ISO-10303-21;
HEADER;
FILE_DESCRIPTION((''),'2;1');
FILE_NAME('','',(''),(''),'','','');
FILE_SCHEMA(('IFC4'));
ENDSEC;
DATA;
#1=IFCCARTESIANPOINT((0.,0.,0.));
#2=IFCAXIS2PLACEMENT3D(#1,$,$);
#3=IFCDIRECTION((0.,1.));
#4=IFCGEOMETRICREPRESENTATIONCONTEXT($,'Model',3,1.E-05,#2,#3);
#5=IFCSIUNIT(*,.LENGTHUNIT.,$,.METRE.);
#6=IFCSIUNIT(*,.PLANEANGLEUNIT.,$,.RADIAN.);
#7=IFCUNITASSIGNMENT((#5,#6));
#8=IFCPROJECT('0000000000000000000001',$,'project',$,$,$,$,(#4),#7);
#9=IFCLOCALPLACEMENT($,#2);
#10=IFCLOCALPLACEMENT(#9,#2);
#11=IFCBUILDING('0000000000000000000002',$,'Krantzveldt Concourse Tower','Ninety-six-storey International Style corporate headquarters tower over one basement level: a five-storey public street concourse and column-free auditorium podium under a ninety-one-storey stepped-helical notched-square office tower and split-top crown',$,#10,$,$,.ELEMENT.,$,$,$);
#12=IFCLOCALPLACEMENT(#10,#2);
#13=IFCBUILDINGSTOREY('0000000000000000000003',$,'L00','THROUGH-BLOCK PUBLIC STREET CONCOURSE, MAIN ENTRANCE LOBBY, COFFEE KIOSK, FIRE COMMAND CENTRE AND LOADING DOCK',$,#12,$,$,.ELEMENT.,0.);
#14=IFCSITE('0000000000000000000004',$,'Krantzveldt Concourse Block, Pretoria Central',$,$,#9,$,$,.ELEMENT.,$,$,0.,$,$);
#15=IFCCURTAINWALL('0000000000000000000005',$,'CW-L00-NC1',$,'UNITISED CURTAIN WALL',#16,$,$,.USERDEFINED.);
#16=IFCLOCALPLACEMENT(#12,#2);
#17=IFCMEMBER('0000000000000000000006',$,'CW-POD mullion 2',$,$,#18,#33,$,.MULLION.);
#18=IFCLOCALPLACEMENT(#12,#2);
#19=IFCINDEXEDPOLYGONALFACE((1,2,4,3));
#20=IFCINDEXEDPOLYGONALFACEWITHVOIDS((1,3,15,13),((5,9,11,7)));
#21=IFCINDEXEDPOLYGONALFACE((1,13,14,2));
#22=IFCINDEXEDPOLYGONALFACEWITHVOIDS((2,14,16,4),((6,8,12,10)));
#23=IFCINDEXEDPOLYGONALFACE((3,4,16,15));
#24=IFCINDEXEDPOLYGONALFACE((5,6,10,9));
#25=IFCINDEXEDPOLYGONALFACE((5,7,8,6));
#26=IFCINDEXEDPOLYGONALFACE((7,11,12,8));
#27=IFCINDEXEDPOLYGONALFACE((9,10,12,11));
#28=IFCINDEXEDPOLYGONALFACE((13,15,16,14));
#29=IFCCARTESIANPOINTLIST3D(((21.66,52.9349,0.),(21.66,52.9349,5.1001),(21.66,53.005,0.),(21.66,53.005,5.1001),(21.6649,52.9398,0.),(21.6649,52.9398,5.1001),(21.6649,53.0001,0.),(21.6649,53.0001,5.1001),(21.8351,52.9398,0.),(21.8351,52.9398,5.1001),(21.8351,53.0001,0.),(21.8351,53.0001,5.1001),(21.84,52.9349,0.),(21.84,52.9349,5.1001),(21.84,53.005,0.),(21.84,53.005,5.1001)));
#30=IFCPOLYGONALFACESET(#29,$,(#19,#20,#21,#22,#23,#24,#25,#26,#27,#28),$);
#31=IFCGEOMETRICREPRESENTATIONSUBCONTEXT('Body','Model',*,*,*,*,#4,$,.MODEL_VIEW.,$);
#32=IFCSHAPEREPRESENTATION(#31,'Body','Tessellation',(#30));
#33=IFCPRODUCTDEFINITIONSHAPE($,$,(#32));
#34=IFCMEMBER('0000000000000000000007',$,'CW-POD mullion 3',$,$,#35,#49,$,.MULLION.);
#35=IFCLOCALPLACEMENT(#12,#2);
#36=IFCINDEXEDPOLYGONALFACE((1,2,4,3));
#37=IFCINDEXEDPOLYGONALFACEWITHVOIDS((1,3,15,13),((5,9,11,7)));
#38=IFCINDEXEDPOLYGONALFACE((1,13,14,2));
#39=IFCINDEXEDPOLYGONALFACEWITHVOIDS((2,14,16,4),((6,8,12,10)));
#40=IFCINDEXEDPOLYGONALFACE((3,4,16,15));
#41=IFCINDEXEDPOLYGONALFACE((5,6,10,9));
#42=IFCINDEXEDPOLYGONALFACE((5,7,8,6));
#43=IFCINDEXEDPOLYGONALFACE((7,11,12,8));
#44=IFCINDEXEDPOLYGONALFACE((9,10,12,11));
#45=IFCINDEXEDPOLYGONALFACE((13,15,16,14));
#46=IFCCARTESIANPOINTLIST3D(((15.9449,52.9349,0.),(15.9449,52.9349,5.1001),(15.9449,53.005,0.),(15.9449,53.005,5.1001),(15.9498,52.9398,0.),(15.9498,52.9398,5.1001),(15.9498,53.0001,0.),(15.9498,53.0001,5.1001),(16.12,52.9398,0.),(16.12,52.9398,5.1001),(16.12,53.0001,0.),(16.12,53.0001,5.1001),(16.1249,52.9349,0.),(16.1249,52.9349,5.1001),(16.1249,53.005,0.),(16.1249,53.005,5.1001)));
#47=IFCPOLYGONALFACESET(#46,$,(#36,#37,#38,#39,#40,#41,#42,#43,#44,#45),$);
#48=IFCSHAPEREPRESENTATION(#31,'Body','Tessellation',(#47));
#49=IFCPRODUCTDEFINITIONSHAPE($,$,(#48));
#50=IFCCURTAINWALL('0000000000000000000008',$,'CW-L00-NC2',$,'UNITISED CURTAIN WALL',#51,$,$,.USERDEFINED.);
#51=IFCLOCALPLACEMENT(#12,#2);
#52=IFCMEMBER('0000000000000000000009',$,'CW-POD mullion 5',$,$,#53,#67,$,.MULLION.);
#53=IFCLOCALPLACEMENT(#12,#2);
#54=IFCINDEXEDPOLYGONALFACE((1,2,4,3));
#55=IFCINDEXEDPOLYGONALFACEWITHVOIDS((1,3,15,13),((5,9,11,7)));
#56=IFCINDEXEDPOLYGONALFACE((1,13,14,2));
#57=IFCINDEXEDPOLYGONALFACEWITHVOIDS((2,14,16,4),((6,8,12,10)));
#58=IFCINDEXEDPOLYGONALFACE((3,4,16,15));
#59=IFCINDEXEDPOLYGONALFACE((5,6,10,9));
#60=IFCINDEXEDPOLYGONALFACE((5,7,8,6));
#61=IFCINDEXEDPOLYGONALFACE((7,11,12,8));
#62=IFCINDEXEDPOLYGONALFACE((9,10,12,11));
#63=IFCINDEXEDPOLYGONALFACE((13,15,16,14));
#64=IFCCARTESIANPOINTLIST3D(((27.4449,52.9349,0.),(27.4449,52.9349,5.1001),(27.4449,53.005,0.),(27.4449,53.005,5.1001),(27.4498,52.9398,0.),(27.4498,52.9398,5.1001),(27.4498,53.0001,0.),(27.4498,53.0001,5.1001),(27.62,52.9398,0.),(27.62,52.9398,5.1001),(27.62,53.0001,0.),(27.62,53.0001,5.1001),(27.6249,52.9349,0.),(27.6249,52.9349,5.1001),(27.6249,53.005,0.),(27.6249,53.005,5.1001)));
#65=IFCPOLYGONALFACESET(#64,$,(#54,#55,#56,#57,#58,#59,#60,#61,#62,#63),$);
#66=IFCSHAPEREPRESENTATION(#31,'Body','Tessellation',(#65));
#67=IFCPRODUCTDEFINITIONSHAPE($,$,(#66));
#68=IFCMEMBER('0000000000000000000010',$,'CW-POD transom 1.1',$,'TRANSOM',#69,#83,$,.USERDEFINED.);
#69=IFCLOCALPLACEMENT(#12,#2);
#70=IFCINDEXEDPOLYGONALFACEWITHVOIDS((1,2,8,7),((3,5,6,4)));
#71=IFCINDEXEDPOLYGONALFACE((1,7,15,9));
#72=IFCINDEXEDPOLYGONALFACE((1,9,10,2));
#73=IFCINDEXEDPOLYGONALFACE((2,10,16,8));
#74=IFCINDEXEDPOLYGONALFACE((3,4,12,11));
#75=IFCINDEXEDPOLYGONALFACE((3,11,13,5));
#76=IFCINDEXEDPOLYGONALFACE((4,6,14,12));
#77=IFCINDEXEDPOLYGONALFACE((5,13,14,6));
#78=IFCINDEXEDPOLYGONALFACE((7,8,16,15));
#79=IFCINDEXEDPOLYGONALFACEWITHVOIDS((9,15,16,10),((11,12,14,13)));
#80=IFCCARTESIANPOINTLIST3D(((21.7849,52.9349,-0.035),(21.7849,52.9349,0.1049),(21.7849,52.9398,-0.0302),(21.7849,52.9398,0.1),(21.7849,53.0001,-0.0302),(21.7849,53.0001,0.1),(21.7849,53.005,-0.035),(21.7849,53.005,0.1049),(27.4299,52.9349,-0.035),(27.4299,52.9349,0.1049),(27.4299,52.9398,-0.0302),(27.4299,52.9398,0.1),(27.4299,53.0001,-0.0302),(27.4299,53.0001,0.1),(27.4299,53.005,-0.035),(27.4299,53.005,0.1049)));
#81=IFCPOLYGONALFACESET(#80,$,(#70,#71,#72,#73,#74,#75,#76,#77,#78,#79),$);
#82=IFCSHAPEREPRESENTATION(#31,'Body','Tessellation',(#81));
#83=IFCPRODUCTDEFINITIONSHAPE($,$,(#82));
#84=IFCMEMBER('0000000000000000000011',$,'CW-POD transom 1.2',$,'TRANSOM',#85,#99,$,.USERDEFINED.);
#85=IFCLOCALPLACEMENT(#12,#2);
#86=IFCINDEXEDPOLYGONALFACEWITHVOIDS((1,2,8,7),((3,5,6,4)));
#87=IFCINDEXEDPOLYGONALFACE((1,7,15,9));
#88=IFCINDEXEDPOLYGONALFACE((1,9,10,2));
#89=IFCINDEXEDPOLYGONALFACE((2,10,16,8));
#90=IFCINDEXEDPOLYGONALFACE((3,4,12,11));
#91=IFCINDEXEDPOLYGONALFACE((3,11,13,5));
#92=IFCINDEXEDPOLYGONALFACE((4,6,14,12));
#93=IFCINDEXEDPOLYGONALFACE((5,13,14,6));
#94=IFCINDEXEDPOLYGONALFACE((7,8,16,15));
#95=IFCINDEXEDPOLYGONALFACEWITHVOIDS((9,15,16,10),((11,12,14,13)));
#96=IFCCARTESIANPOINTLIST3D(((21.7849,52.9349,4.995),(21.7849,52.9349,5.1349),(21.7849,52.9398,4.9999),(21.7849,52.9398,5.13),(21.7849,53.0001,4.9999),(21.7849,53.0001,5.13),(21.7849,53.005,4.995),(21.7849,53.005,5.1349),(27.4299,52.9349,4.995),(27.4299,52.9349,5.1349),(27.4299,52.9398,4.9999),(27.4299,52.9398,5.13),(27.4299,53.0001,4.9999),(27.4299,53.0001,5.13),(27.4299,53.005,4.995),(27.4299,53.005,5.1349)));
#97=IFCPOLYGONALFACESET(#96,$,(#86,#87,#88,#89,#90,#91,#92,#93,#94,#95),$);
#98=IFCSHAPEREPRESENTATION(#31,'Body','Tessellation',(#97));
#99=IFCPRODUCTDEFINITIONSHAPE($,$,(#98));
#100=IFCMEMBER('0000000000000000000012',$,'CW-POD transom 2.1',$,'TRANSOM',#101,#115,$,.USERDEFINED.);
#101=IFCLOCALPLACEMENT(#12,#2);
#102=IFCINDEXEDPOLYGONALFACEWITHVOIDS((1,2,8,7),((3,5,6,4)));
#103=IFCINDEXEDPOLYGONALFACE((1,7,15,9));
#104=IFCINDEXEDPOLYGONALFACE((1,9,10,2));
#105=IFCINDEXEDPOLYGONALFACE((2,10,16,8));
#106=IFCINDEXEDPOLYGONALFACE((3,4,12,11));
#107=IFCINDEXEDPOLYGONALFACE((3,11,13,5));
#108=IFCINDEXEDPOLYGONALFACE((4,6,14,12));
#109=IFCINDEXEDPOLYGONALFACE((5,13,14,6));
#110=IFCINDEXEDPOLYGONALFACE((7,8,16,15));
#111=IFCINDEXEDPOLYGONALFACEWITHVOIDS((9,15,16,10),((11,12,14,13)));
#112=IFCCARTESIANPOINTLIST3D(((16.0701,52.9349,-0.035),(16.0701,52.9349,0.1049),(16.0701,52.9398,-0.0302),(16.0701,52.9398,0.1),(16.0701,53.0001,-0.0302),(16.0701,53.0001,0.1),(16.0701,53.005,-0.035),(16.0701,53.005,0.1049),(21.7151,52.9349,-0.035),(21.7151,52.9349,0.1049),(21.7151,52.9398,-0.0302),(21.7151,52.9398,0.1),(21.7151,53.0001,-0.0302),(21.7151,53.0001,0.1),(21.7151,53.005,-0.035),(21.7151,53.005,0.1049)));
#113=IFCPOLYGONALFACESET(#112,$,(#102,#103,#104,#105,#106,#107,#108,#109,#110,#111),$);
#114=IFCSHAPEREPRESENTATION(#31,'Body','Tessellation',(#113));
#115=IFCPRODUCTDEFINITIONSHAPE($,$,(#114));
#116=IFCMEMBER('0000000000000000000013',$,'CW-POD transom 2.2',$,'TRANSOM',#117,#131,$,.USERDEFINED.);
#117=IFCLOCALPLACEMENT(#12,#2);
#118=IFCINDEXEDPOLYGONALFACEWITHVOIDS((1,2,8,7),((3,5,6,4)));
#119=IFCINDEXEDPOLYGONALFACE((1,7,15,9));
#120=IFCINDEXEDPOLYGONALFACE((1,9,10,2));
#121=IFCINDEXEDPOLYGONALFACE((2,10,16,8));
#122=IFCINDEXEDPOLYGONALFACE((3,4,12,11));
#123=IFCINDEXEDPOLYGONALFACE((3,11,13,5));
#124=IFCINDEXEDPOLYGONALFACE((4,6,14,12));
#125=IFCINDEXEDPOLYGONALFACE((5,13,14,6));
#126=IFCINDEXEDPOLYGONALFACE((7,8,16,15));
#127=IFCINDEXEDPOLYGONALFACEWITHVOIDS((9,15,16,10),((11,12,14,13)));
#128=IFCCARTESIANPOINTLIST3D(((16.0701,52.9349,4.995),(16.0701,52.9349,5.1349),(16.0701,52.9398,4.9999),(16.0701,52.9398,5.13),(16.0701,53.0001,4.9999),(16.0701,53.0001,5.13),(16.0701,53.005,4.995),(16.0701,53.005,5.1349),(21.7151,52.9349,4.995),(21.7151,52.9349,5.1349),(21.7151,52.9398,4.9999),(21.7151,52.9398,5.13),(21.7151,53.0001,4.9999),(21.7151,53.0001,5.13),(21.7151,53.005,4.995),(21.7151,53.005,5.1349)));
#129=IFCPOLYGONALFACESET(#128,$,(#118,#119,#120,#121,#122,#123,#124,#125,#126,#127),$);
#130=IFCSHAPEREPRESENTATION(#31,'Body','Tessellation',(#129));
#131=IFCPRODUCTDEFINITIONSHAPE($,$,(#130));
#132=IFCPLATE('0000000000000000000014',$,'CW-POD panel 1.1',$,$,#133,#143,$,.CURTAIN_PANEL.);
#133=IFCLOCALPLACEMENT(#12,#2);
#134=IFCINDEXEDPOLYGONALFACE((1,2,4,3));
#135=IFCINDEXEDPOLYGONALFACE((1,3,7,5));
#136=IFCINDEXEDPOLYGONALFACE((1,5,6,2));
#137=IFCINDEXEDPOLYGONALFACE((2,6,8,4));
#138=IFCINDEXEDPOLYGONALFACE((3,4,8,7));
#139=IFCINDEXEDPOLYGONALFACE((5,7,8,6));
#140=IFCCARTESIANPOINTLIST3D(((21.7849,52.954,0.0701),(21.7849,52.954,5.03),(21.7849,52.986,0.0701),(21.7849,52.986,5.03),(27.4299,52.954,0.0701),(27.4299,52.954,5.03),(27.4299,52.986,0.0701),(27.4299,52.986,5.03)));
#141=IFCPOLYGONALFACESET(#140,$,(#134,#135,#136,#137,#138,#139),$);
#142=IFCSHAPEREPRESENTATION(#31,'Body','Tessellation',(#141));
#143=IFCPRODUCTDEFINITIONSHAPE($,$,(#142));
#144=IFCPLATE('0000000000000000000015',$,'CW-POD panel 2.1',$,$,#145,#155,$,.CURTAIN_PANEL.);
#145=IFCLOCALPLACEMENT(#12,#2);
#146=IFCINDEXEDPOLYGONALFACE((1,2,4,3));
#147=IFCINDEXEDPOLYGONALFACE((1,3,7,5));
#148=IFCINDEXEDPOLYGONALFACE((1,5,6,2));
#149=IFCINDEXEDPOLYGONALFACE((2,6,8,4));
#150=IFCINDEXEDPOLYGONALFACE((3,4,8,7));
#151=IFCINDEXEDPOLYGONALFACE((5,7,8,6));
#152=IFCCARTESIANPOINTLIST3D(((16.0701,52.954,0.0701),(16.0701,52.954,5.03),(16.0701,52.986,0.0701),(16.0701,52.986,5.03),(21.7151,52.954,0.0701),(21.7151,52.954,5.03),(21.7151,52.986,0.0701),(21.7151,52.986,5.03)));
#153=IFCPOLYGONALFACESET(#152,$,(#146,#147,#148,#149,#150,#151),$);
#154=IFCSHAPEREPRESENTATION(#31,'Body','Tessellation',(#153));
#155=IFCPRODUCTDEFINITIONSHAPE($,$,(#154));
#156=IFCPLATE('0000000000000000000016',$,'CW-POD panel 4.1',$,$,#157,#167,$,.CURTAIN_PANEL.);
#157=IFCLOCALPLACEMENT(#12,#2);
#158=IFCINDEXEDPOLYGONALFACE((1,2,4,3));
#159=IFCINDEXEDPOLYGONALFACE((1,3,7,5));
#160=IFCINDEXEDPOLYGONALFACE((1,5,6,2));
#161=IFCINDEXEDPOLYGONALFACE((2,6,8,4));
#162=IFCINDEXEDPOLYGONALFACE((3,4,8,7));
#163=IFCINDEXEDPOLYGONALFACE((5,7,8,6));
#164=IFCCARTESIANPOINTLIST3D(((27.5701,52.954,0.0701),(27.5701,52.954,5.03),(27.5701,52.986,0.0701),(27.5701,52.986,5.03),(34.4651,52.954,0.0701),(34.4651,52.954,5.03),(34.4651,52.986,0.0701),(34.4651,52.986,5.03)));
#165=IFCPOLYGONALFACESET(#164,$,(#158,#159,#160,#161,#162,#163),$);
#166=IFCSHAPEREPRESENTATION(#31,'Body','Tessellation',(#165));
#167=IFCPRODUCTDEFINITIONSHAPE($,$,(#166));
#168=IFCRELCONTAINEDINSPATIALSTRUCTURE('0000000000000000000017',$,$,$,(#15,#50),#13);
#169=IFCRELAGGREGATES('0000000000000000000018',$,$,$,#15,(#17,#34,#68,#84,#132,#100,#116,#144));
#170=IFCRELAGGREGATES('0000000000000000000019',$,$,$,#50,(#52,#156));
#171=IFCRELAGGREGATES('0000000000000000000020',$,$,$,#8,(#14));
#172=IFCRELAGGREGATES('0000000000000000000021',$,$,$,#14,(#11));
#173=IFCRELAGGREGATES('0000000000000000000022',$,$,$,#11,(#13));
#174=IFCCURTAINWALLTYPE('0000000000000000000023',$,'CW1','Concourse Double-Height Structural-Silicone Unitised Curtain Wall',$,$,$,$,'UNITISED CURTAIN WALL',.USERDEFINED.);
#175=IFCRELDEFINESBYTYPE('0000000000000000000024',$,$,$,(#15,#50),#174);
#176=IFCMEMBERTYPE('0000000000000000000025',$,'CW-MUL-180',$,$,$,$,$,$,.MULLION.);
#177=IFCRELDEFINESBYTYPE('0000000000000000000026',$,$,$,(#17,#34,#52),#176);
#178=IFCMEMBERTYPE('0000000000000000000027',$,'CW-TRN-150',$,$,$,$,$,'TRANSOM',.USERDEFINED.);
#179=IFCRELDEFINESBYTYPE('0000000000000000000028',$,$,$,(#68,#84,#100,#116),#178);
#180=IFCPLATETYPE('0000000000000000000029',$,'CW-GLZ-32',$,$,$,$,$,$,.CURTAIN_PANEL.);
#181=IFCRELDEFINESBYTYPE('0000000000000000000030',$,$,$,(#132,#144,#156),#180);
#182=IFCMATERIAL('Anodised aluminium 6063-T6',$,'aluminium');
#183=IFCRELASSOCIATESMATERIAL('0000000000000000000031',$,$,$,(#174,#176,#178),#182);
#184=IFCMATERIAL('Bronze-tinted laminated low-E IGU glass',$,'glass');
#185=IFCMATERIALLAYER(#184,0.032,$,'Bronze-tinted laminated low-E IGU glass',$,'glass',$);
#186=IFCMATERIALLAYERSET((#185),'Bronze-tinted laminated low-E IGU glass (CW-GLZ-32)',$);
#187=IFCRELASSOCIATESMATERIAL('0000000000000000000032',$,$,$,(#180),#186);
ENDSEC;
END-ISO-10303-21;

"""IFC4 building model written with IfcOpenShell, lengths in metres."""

from ifc_helpers import new_model, si_unit, direction, frame, origin, origin_2d, place, context, subcontext, project, spatial, rectangle, hollow_rectangle, extrude, source, transform, mapped, material, layer, layer_set, material_profile, profile_set, type_object, type_shapes, element, aggregate, save


model = new_model("IFC4")

# Units and contexts
model_context = context("Model", 3, precision=1e-05, world=origin(), true_north=direction((0.0, 1.0)))
body_context = subcontext(model_context, "Body", "Model", "MODEL_VIEW")
ifc_project = project(units=[si_unit("LENGTHUNIT", "METRE"), si_unit("PLANEANGLEUNIT", "RADIAN")], contexts=[model_context])

# Site, building, storey
site_placement = place(None, origin())
site = spatial("IfcSite", under=ifc_project, at=site_placement, Name="Krantzveldt Concourse Block, Pretoria Central", CompositionType="ELEMENT", RefElevation=0.0)
building_placement = place(site_placement, origin())
building = spatial("IfcBuilding", under=site, at=building_placement, Name="Krantzveldt Concourse Tower", Description="Ninety-six-storey International Style corporate headquarters tower over one basement level: a five-storey public street concourse and column-free auditorium podium under a ninety-one-storey stepped-helical notched-square office tower and split-top crown", CompositionType="ELEMENT")
storey_placement = place(building_placement, origin())
storey = spatial("IfcBuildingStorey", under=building, at=storey_placement, Name="L00", Description="THROUGH-BLOCK PUBLIC STREET CONCOURSE, MAIN ENTRANCE LOBBY, COFFEE KIOSK, FIRE COMMAND CENTRE AND LOADING DOCK", CompositionType="ELEMENT", Elevation=0.0)

# Curtain wall, members
ifc_material_1 = material(Name="Anodised aluminium 6063-T6", Category="aluminium")
curtain_wall_type = type_object("IfcCurtainWallType", Name="CW1", Description="Concourse Double-Height Structural-Silicone Unitised Curtain Wall", ElementType="UNITISED CURTAIN WALL", PredefinedType="USERDEFINED", material=ifc_material_1)
curtain_wall_1_placement = place(storey_placement, origin())
curtain_wall_1 = element("IfcCurtainWall", 1, at=curtain_wall_1_placement, inside=storey, type_object=curtain_wall_type, Name="CW-L00-NC1", ObjectType="UNITISED CURTAIN WALL", PredefinedType="USERDEFINED")
ifc_material_profile_1 = material_profile(ifc_material_1, hollow_rectangle(XDim=0.0701, YDim=0.1799, WallThickness=0.0049, at=origin_2d()), Name="Anodised aluminium 6063-T6", Category="aluminium")
ifc_profile_set_1 = profile_set([ifc_material_profile_1], Name="Anodised aluminium 6063-T6 - ALU-MULL 180x70x5")
member_type_1 = type_object("IfcMemberType", Name="CW-MUL-180", PredefinedType="MULLION", material=ifc_profile_set_1)
shared_shape_1 = source(origin(), body_context, "Body", "SweptSolid", [
    extrude(hollow_rectangle(XDim=0.0701, YDim=0.1799, WallThickness=0.0049, at=origin_2d()), origin(), (0.0, 0.0, 1.0), 5.1001),
])
type_shapes(member_type_1, [shared_shape_1])
member_1_placement = place(storey_placement, frame((21.75, 52.97, 0.0), z_axis=(0.0, 0.0, 1.0), x_axis=(0.0, -1.0, 0.0)))
member_1 = element("IfcMember", 2, at=member_1_placement, type_object=member_type_1, Name="CW-POD mullion 2", PredefinedType="MULLION", context=body_context, shape_type="MappedRepresentation", body=[
    mapped(shared_shape_1, transform((0.0, 0.0, 0.0), x_axis=(1.0, 0.0, 0.0), y_axis=(0.0, 1.0, 0.0), z_axis=(0.0, 0.0, 1.0), scale=1.0)),
])
member_2_placement = place(storey_placement, frame((16.0349, 52.97, 0.0), z_axis=(0.0, 0.0, 1.0), x_axis=(0.0, -1.0, 0.0)))
member_2 = element("IfcMember", 3, at=member_2_placement, type_object=member_type_1, Name="CW-POD mullion 3", PredefinedType="MULLION", context=body_context, shape_type="MappedRepresentation", body=[
    mapped(shared_shape_1, transform((0.0, 0.0, 0.0), x_axis=(1.0, 0.0, 0.0), y_axis=(0.0, 1.0, 0.0), z_axis=(0.0, 0.0, 1.0), scale=1.0)),
])

# Curtain wall, member
curtain_wall_2_placement = place(storey_placement, origin())
curtain_wall_2 = element("IfcCurtainWall", 4, at=curtain_wall_2_placement, inside=storey, type_object=curtain_wall_type, Name="CW-L00-NC2", ObjectType="UNITISED CURTAIN WALL", PredefinedType="USERDEFINED")
member_3_placement = place(storey_placement, frame((27.5349, 52.97, 0.0), z_axis=(0.0, 0.0, 1.0), x_axis=(0.0, -1.0, 0.0)))
member_3 = element("IfcMember", 5, at=member_3_placement, type_object=member_type_1, Name="CW-POD mullion 5", PredefinedType="MULLION", context=body_context, shape_type="MappedRepresentation", body=[
    mapped(shared_shape_1, transform((0.0, 0.0, 0.0), x_axis=(1.0, 0.0, 0.0), y_axis=(0.0, 1.0, 0.0), z_axis=(0.0, 0.0, 1.0), scale=1.0)),
])

# Members
ifc_material_profile_2 = material_profile(ifc_material_1, hollow_rectangle(XDim=0.0701, YDim=0.1399, WallThickness=0.0049, at=origin_2d()), Name="Anodised aluminium 6063-T6", Category="aluminium")
ifc_profile_set_2 = profile_set([ifc_material_profile_2], Name="Anodised aluminium 6063-T6 - ALU-TRAN 140x70x5")
member_type_2 = type_object("IfcMemberType", Name="CW-TRN-150", ElementType="TRANSOM", PredefinedType="USERDEFINED", material=ifc_profile_set_2)
shared_shape_2 = source(origin(), body_context, "Body", "SweptSolid", [
    extrude(hollow_rectangle(XDim=0.0701, YDim=0.1399, WallThickness=0.0049, at=origin_2d()), origin(), (0.0, 0.0, 1.0), 5.645),
])
type_shapes(member_type_2, [shared_shape_2])
member_4_placement = place(storey_placement, frame((27.4299, 52.97, 0.0349), z_axis=(-1.0, 0.0, 0.0), x_axis=(0.0, -1.0, 0.0)))
member_4 = element("IfcMember", 6, at=member_4_placement, type_object=member_type_2, Name="CW-POD transom 1.1", ObjectType="TRANSOM", PredefinedType="USERDEFINED", context=body_context, shape_type="MappedRepresentation", body=[
    mapped(shared_shape_2, transform((0.0, 0.0, 0.0), x_axis=(1.0, 0.0, 0.0), y_axis=(0.0, 1.0, 0.0), z_axis=(0.0, 0.0, 1.0), scale=1.0)),
])
member_5_placement = place(storey_placement, frame((27.4299, 52.97, 5.0649), z_axis=(-1.0, 0.0, 0.0), x_axis=(0.0, -1.0, 0.0)))
member_5 = element("IfcMember", 7, at=member_5_placement, type_object=member_type_2, Name="CW-POD transom 1.2", ObjectType="TRANSOM", PredefinedType="USERDEFINED", context=body_context, shape_type="MappedRepresentation", body=[
    mapped(shared_shape_2, transform((0.0, 0.0, 0.0), x_axis=(1.0, 0.0, 0.0), y_axis=(0.0, 1.0, 0.0), z_axis=(0.0, 0.0, 1.0), scale=1.0)),
])
member_6_placement = place(storey_placement, frame((21.7151, 52.97, 0.0349), z_axis=(-1.0, 0.0, 0.0), x_axis=(0.0, -1.0, 0.0)))
member_6 = element("IfcMember", 8, at=member_6_placement, type_object=member_type_2, Name="CW-POD transom 2.1", ObjectType="TRANSOM", PredefinedType="USERDEFINED", context=body_context, shape_type="MappedRepresentation", body=[
    mapped(shared_shape_2, transform((0.0, 0.0, 0.0), x_axis=(1.0, 0.0, 0.0), y_axis=(0.0, 1.0, 0.0), z_axis=(0.0, 0.0, 1.0), scale=1.0)),
])
member_7_placement = place(storey_placement, frame((21.7151, 52.97, 5.0649), z_axis=(-1.0, 0.0, 0.0), x_axis=(0.0, -1.0, 0.0)))
member_7 = element("IfcMember", 9, at=member_7_placement, type_object=member_type_2, Name="CW-POD transom 2.2", ObjectType="TRANSOM", PredefinedType="USERDEFINED", context=body_context, shape_type="MappedRepresentation", body=[
    mapped(shared_shape_2, transform((0.0, 0.0, 0.0), x_axis=(1.0, 0.0, 0.0), y_axis=(0.0, 1.0, 0.0), z_axis=(0.0, 0.0, 1.0), scale=1.0)),
])

# Plates
ifc_material_2 = material(Name="Bronze-tinted laminated low-E IGU glass", Category="glass")
ifc_layer = layer(ifc_material_2, 0.032, Name="Bronze-tinted laminated low-E IGU glass", Category="glass")
ifc_layer_set = layer_set([ifc_layer], Name="Bronze-tinted laminated low-E IGU glass (CW-GLZ-32)")
plate_type = type_object("IfcPlateType", Name="CW-GLZ-32", PredefinedType="CURTAIN_PANEL", material=ifc_layer_set)
shared_shape_3 = source(origin(), body_context, "Body", "SweptSolid", [
    extrude(rectangle(XDim=5.645, YDim=0.032, at=origin_2d()), origin(), (0.0, 0.0, 1.0), 4.96),
])
plate_1_placement = place(storey_placement, frame((24.6074, 52.97, 0.0701), z_axis=(0.0, 0.0, 1.0), x_axis=(-1.0, 0.0, 0.0)))
plate_1 = element("IfcPlate", 10, at=plate_1_placement, type_object=plate_type, Name="CW-POD panel 1.1", PredefinedType="CURTAIN_PANEL", context=body_context, shape_type="MappedRepresentation", body=[
    mapped(shared_shape_3, transform((0.0, 0.0, 0.0), x_axis=(1.0, 0.0, 0.0), y_axis=(0.0, 1.0, 0.0), z_axis=(0.0, 0.0, 1.0), scale=1.0)),
])
plate_2_placement = place(storey_placement, frame((18.8926, 52.97, 0.0701), z_axis=(0.0, 0.0, 1.0), x_axis=(-1.0, 0.0, 0.0)))
plate_2 = element("IfcPlate", 11, at=plate_2_placement, type_object=plate_type, Name="CW-POD panel 2.1", PredefinedType="CURTAIN_PANEL", context=body_context, shape_type="MappedRepresentation", body=[
    mapped(shared_shape_3, transform((0.0, 0.0, 0.0), x_axis=(1.0, 0.0, 0.0), y_axis=(0.0, 1.0, 0.0), z_axis=(0.0, 0.0, 1.0), scale=1.0)),
])
aggregate(curtain_wall_1, [member_1, member_2, member_4, member_5, plate_1, member_6, member_7, plate_2])
shared_shape_4 = source(origin(), body_context, "Body", "SweptSolid", [
    extrude(rectangle(XDim=6.895, YDim=0.032, at=origin_2d()), origin(), (0.0, 0.0, 1.0), 4.96),
])
type_shapes(plate_type, [shared_shape_3, shared_shape_4])
plate_3_placement = place(storey_placement, frame((31.0176, 52.97, 0.0701), z_axis=(0.0, 0.0, 1.0), x_axis=(-1.0, 0.0, 0.0)))
plate_3 = element("IfcPlate", 12, at=plate_3_placement, type_object=plate_type, Name="CW-POD panel 4.1", PredefinedType="CURTAIN_PANEL", context=body_context, shape_type="MappedRepresentation", body=[
    mapped(shared_shape_4, transform((0.0, 0.0, 0.0), x_axis=(1.0, 0.0, 0.0), y_axis=(0.0, 1.0, 0.0), z_axis=(0.0, 0.0, 1.0), scale=1.0)),
])
aggregate(curtain_wall_2, [member_3, plate_3])

save(model, "model.ifc")
